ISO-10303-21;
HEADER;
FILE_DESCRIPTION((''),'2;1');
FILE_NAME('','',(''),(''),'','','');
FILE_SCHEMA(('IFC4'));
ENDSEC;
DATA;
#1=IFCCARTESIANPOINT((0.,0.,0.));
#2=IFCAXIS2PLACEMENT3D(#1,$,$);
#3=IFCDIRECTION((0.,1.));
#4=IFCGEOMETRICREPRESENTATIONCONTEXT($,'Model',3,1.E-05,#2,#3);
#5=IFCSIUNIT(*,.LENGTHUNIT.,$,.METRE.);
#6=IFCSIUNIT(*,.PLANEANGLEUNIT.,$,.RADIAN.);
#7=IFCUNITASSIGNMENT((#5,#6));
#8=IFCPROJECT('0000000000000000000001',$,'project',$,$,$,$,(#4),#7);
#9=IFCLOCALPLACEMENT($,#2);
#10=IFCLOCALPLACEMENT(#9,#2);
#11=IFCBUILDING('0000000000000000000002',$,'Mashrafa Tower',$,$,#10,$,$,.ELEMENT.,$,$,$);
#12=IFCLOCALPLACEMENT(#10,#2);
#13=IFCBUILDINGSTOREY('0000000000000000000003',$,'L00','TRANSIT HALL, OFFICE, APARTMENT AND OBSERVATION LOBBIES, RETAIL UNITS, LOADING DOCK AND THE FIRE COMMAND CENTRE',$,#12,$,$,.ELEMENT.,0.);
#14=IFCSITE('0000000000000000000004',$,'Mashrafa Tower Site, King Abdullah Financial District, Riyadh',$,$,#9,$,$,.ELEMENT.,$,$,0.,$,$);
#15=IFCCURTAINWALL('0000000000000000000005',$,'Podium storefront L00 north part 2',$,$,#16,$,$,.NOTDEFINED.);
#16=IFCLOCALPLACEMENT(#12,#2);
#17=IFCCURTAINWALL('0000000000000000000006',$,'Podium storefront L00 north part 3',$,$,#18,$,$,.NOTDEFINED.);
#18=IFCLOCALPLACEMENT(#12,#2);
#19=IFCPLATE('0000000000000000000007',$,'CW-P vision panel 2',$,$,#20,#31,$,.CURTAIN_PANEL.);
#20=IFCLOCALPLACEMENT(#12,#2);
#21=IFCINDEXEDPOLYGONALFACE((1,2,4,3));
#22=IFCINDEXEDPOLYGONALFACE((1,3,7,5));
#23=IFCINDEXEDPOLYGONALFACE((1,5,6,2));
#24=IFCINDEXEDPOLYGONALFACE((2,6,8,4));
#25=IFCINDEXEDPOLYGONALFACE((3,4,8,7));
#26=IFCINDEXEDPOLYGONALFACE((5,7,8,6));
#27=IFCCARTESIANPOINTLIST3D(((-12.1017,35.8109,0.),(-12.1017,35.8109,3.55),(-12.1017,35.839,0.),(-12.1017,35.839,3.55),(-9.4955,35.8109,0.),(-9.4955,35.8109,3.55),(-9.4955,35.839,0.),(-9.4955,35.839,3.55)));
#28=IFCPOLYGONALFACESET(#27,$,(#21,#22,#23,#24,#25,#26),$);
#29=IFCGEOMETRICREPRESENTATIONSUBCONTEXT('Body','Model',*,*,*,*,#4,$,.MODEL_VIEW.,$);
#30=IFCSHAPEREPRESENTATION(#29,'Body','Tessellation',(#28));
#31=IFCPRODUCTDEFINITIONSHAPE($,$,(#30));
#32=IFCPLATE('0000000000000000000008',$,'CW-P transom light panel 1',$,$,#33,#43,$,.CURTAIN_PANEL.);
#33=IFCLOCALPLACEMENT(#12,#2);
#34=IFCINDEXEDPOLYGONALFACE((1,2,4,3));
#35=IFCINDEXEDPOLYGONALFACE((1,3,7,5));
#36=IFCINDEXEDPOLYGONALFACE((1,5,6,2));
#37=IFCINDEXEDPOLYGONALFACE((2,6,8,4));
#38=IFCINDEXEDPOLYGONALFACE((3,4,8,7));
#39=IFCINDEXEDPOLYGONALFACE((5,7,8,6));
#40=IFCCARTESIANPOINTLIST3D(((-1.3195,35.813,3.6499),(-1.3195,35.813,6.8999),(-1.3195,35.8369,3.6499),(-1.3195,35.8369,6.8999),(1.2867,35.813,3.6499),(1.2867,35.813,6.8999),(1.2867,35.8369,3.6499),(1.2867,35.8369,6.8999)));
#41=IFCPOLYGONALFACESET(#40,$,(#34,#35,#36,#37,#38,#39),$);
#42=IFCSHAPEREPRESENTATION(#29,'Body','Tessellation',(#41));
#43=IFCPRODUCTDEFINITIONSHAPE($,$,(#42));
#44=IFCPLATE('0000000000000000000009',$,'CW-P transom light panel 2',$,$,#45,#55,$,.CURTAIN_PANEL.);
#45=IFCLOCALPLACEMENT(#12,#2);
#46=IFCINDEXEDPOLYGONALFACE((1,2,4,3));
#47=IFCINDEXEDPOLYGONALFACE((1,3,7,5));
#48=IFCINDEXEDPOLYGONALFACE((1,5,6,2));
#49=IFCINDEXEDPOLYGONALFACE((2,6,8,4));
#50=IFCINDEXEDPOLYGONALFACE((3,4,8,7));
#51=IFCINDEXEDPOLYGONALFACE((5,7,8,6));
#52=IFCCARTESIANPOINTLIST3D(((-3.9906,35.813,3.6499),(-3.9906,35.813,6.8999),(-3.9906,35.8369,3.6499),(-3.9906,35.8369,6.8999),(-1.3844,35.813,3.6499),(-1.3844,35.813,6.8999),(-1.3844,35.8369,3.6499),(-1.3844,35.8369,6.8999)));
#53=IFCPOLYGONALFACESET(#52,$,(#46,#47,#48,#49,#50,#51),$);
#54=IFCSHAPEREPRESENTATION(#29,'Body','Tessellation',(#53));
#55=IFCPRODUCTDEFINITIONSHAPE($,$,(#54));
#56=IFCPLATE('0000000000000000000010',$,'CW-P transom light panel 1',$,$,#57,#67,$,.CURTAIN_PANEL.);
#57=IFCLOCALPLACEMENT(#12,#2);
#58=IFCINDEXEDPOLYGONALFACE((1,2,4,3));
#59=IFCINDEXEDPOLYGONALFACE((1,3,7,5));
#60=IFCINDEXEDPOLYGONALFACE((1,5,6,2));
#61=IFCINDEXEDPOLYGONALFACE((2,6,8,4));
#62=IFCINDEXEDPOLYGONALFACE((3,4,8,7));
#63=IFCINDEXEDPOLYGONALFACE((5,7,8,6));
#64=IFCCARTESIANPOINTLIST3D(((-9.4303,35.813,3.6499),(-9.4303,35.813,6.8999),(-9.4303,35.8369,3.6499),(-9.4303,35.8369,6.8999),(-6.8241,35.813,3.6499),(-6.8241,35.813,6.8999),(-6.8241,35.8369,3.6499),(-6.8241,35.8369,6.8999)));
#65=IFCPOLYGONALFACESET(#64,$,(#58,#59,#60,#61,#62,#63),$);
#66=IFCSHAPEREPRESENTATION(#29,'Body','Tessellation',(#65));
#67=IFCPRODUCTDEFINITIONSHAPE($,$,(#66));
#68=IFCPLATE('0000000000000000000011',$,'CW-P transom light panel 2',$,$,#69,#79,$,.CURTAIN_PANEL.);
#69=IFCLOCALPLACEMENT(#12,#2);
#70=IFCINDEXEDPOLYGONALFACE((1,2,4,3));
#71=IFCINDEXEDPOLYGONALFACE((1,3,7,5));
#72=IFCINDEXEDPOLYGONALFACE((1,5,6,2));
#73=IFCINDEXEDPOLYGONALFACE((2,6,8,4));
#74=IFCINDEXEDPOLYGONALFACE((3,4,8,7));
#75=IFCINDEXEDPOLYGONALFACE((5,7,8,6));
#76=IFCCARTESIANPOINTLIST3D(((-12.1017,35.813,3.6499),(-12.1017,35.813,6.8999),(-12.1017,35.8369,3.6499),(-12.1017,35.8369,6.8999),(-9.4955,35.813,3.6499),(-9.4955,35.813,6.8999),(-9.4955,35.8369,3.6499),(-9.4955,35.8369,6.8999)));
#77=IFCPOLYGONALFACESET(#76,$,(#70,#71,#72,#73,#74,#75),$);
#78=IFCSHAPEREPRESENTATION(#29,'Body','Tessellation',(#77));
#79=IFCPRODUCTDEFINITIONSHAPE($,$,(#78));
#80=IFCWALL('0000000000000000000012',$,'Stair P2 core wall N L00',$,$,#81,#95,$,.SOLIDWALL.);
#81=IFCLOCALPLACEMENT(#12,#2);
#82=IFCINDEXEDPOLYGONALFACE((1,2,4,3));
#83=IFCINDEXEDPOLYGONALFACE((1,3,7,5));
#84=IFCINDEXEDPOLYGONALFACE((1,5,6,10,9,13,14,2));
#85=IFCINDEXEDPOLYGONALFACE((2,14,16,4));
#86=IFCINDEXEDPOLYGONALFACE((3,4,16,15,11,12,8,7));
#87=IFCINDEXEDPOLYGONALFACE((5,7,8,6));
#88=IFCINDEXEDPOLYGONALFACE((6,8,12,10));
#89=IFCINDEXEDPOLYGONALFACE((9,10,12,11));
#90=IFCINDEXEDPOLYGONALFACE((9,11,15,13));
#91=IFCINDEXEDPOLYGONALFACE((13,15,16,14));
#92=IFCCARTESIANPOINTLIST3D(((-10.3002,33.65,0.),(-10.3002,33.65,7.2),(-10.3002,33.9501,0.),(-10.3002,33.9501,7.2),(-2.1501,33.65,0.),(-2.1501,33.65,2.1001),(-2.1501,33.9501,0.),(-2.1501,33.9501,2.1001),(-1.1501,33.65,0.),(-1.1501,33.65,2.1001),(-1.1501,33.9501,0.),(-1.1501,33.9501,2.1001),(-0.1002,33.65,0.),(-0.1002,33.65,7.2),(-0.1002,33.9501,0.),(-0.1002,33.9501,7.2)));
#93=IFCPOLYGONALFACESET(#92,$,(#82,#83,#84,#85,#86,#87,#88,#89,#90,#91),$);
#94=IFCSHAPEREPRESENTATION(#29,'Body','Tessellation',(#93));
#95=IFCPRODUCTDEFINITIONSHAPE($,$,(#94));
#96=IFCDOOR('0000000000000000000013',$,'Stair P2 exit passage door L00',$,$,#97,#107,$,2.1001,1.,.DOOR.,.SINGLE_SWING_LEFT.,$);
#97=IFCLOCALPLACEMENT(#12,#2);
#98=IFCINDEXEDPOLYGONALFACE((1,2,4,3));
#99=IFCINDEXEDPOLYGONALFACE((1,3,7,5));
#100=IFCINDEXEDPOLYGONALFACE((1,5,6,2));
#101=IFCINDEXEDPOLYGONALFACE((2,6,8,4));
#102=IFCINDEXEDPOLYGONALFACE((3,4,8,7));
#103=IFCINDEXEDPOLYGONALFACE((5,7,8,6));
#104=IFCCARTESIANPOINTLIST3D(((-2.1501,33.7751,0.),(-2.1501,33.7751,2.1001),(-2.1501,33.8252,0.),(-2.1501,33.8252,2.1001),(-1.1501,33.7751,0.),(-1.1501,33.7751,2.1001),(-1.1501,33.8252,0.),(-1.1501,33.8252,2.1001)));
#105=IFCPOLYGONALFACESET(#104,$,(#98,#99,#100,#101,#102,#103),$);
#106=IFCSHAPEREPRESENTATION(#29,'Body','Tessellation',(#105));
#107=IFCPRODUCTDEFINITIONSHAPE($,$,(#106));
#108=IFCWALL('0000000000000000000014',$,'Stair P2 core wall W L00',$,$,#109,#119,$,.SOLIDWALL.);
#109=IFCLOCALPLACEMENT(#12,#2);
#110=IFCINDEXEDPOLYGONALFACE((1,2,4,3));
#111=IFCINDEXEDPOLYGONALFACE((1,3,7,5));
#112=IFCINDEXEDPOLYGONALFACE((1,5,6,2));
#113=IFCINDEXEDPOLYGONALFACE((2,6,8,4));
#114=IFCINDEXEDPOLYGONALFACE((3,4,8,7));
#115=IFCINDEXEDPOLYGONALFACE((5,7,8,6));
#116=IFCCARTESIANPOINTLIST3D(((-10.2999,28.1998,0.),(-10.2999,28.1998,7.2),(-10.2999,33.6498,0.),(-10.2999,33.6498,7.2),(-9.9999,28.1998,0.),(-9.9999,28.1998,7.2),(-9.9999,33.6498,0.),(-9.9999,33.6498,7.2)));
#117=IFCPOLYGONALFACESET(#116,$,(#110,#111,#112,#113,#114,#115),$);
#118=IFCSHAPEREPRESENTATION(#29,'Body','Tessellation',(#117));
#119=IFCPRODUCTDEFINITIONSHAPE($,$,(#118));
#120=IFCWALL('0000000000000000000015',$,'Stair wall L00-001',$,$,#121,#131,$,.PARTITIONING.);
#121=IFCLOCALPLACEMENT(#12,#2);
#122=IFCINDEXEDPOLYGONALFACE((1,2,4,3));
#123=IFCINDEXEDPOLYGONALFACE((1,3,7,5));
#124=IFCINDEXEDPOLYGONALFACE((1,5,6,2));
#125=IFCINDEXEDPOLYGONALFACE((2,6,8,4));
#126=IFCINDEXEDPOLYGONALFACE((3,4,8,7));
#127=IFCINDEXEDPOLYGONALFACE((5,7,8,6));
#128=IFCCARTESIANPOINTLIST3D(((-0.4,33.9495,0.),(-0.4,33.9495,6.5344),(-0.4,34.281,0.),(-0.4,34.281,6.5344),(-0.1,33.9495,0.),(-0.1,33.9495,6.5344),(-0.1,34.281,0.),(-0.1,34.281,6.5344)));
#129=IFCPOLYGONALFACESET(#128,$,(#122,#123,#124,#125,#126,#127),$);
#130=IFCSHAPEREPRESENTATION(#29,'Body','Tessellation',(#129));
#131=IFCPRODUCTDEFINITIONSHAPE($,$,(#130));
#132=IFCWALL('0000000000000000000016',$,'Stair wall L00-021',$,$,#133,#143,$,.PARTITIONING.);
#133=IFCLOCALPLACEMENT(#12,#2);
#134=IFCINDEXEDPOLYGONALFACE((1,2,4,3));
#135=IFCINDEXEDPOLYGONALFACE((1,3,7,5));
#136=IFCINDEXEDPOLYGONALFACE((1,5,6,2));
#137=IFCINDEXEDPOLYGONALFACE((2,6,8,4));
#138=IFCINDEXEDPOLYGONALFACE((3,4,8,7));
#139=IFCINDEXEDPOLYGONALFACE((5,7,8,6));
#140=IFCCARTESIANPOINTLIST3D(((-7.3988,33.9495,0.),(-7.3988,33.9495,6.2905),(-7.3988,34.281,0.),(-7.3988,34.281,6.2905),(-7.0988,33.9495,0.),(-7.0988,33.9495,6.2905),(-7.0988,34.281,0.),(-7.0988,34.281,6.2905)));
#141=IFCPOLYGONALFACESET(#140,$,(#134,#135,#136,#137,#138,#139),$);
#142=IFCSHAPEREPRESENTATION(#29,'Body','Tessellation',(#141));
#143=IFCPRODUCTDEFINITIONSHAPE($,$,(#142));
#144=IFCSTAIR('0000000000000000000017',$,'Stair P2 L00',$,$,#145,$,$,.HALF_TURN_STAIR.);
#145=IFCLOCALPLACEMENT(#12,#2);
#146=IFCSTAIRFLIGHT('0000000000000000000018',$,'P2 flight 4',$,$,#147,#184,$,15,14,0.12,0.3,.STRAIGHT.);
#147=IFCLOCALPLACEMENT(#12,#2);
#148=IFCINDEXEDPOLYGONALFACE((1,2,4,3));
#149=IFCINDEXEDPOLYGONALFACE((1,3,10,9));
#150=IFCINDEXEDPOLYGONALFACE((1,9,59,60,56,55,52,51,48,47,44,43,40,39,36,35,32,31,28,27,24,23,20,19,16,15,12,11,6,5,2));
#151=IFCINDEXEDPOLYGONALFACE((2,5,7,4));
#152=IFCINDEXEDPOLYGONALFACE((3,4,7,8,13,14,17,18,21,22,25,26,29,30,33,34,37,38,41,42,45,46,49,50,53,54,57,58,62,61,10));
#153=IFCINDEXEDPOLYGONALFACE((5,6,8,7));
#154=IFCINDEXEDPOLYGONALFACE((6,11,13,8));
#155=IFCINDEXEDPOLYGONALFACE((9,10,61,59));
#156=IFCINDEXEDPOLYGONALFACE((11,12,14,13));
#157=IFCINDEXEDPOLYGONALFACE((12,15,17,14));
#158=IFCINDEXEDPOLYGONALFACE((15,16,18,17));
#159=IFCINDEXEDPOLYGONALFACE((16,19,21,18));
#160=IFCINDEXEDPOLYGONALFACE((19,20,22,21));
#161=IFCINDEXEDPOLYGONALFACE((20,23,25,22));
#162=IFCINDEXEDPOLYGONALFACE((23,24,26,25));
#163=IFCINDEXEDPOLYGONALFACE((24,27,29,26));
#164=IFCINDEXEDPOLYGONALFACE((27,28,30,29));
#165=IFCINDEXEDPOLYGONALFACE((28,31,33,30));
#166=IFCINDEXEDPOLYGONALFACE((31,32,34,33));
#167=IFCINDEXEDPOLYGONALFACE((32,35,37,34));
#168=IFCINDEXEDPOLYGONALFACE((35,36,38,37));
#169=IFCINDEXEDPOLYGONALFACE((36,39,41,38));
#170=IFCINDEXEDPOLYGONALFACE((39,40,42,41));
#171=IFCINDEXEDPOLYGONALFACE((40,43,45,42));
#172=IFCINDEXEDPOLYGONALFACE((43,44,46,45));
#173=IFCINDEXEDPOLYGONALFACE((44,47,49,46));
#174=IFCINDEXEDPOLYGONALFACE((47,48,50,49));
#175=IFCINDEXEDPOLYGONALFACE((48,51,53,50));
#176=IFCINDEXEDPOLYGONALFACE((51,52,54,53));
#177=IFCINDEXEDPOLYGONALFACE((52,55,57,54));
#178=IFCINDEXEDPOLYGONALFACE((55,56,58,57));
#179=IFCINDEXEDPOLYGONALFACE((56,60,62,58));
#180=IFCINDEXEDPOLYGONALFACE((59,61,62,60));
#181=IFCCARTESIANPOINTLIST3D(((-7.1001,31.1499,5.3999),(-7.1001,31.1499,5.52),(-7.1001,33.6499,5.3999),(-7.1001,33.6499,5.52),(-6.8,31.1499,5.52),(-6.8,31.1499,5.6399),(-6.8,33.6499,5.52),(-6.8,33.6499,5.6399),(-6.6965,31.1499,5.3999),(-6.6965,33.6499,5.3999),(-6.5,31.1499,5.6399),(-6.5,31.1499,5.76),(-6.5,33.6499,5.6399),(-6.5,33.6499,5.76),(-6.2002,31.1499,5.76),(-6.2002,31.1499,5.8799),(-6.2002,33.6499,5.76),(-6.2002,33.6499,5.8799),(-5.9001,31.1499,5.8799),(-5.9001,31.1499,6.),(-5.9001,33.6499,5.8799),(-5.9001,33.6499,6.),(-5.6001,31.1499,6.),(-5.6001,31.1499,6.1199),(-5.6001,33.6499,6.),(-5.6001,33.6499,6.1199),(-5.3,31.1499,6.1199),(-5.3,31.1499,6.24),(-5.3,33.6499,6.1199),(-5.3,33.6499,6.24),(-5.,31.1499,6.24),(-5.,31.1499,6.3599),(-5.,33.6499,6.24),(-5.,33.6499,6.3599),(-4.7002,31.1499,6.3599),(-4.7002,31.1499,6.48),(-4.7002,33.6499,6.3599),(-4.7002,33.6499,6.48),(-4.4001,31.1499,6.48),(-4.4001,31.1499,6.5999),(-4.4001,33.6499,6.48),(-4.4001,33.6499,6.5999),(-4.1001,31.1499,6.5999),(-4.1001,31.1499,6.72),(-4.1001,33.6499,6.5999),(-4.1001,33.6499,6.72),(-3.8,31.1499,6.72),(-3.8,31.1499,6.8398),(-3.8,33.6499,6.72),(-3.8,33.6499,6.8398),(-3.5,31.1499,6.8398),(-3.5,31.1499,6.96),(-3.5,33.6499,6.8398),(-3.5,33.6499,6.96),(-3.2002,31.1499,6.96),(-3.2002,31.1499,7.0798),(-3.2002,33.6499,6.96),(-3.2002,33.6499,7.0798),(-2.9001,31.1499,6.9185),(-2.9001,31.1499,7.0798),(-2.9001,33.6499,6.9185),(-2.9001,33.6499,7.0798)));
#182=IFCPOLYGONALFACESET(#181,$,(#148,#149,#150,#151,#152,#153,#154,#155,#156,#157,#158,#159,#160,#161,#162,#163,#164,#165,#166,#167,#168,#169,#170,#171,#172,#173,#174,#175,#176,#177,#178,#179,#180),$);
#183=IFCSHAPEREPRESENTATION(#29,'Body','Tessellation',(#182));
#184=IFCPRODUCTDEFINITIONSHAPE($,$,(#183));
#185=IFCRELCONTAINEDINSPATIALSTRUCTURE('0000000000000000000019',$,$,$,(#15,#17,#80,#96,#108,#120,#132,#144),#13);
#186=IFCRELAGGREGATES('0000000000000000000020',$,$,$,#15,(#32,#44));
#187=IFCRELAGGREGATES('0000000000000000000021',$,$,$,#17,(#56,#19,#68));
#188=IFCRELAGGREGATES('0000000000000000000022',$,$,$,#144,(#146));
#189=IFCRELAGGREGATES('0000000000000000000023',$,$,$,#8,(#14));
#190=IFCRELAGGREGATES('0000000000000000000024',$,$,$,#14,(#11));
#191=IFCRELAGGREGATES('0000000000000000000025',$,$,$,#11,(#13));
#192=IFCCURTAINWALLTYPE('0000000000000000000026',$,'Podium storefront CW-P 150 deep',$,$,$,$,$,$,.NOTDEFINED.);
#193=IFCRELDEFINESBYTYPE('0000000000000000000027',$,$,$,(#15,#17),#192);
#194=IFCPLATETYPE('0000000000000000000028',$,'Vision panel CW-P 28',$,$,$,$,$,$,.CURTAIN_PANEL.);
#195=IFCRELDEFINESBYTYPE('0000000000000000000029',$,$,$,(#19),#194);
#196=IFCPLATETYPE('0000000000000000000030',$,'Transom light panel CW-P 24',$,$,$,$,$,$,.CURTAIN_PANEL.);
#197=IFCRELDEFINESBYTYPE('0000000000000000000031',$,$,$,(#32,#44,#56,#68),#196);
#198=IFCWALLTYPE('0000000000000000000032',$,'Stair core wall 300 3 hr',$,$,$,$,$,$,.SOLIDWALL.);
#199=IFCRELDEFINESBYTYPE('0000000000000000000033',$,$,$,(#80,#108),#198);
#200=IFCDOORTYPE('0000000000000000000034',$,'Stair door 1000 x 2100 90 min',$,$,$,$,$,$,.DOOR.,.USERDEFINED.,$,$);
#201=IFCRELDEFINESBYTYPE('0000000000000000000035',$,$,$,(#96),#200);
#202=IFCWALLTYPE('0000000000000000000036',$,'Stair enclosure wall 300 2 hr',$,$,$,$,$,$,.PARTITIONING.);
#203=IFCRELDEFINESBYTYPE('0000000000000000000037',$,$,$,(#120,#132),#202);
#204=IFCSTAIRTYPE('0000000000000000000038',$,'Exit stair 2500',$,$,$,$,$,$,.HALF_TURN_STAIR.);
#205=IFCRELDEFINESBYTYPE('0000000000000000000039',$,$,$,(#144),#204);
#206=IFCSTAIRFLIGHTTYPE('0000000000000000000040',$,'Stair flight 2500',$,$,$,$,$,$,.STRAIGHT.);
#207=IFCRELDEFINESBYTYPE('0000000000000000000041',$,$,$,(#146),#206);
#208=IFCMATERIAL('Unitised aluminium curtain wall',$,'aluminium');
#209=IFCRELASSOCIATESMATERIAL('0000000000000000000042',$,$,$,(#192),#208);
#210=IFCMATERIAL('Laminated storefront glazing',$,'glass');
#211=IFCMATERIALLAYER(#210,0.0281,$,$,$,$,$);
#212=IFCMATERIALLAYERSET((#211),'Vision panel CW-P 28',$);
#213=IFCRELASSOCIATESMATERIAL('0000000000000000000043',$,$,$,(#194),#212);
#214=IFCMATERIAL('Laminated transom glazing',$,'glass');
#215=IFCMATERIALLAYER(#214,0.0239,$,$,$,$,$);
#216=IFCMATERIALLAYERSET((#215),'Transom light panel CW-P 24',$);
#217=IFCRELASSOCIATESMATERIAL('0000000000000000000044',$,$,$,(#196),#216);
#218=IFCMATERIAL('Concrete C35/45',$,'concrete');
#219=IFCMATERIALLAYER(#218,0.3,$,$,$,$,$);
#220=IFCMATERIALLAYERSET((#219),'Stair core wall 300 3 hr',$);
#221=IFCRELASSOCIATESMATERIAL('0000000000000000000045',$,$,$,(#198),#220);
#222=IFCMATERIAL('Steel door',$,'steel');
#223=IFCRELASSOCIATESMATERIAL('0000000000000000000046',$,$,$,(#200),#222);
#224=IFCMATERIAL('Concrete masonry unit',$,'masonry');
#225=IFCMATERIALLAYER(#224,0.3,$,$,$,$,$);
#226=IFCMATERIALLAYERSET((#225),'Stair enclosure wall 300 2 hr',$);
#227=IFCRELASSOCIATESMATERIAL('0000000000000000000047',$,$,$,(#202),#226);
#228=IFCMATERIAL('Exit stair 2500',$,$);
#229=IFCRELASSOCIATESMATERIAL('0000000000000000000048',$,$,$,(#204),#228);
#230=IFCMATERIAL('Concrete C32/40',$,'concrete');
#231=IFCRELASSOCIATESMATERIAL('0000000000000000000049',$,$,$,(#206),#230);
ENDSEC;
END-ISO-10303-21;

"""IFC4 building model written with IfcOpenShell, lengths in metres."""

from ifc_helpers import new_model, si_unit, direction, frame, frame_2d, origin, origin_2d, place, context, subcontext, project, spatial, polyline, rectangle, outline, extrude, source, transform, mapped, material, layer, layer_set, type_object, type_shapes, element, fill, aggregate, save


model = new_model("IFC4")

# Units and contexts
model_context = context("Model", 3, precision=1e-05, world=origin(), true_north=direction((0.0, 1.0)))
body_context = subcontext(model_context, "Body", "Model", "MODEL_VIEW")
ifc_project = project(units=[si_unit("LENGTHUNIT", "METRE"), si_unit("PLANEANGLEUNIT", "RADIAN")], contexts=[model_context])

# Site, building, storey
site_placement = place(None, origin())
site = spatial("IfcSite", under=ifc_project, at=site_placement, Name="Mashrafa Tower Site, King Abdullah Financial District, Riyadh", CompositionType="ELEMENT", RefElevation=0.0)
building_placement = place(site_placement, origin())
building = spatial("IfcBuilding", under=site, at=building_placement, Name="Mashrafa Tower", CompositionType="ELEMENT")
storey_placement = place(building_placement, origin())
storey = spatial("IfcBuildingStorey", under=building, at=storey_placement, Name="L00", Description="TRANSIT HALL, OFFICE, APARTMENT AND OBSERVATION LOBBIES, RETAIL UNITS, LOADING DOCK AND THE FIRE COMMAND CENTRE", CompositionType="ELEMENT", Elevation=0.0)

# Curtain walls
ifc_material_1 = material(Name="Unitised aluminium curtain wall", Category="aluminium")
curtain_wall_type = type_object("IfcCurtainWallType", Name="Podium storefront CW-P 150 deep", PredefinedType="NOTDEFINED", material=ifc_material_1)
curtain_wall_1_placement = place(storey_placement, origin())
curtain_wall_1 = element("IfcCurtainWall", 1, at=curtain_wall_1_placement, inside=storey, type_object=curtain_wall_type, Name="Podium storefront L00 north part 2", PredefinedType="NOTDEFINED")
curtain_wall_2_placement = place(storey_placement, origin())
curtain_wall_2 = element("IfcCurtainWall", 2, at=curtain_wall_2_placement, inside=storey, type_object=curtain_wall_type, Name="Podium storefront L00 north part 3", PredefinedType="NOTDEFINED")

# Plates
ifc_material_2 = material(Name="Laminated storefront glazing", Category="glass")
ifc_layer_1 = layer(ifc_material_2, 0.0281)
ifc_layer_set_1 = layer_set([ifc_layer_1], Name="Vision panel CW-P 28")
plate_type_1 = type_object("IfcPlateType", Name="Vision panel CW-P 28", PredefinedType="CURTAIN_PANEL", material=ifc_layer_set_1)
shared_shape_1 = source(origin(), body_context, "Body", "SweptSolid", [
    extrude(rectangle(XDim=2.6062, YDim=0.0281, at=origin_2d()), origin(), (0.0, 0.0, 1.0), 3.55),
])
type_shapes(plate_type_1, [shared_shape_1])
plate_1_placement = place(storey_placement, frame((-10.7986, 35.825, 0.0), z_axis=(0.0, 0.0, 1.0), x_axis=(-1.0, 0.0, 0.0)))
plate_1 = element("IfcPlate", 3, at=plate_1_placement, type_object=plate_type_1, Name="CW-P vision panel 2", PredefinedType="CURTAIN_PANEL", context=body_context, shape_type="MappedRepresentation", body=[
    mapped(shared_shape_1, transform((0.0, 0.0, 0.0))),
])
ifc_material_3 = material(Name="Laminated transom glazing", Category="glass")
ifc_layer_2 = layer(ifc_material_3, 0.0239)
ifc_layer_set_2 = layer_set([ifc_layer_2], Name="Transom light panel CW-P 24")
plate_type_2 = type_object("IfcPlateType", Name="Transom light panel CW-P 24", PredefinedType="CURTAIN_PANEL", material=ifc_layer_set_2)
shared_shape_2 = source(origin(), body_context, "Body", "SweptSolid", [
    extrude(rectangle(XDim=2.6062, YDim=0.0239, at=origin_2d()), origin(), (0.0, 0.0, 1.0), 3.25),
])
type_shapes(plate_type_2, [shared_shape_2])
plate_2_placement = place(storey_placement, frame((-0.0164, 35.825, 3.6499), z_axis=(0.0, 0.0, 1.0), x_axis=(-1.0, 0.0, 0.0)))
plate_2 = element("IfcPlate", 4, at=plate_2_placement, type_object=plate_type_2, Name="CW-P transom light panel 1", PredefinedType="CURTAIN_PANEL", context=body_context, shape_type="MappedRepresentation", body=[
    mapped(shared_shape_2, transform((0.0, 0.0, 0.0))),
])
plate_3_placement = place(storey_placement, frame((-2.6875, 35.825, 3.6499), z_axis=(0.0, 0.0, 1.0), x_axis=(-1.0, 0.0, 0.0)))
plate_3 = element("IfcPlate", 5, at=plate_3_placement, type_object=plate_type_2, Name="CW-P transom light panel 2", PredefinedType="CURTAIN_PANEL", context=body_context, shape_type="MappedRepresentation", body=[
    mapped(shared_shape_2, transform((0.0, 0.0, 0.0))),
])
aggregate(curtain_wall_1, [plate_2, plate_3])
plate_4_placement = place(storey_placement, frame((-8.1272, 35.825, 3.6499), z_axis=(0.0, 0.0, 1.0), x_axis=(-1.0, 0.0, 0.0)))
plate_4 = element("IfcPlate", 6, at=plate_4_placement, type_object=plate_type_2, Name="CW-P transom light panel 1", PredefinedType="CURTAIN_PANEL", context=body_context, shape_type="MappedRepresentation", body=[
    mapped(shared_shape_2, transform((0.0, 0.0, 0.0))),
])
plate_5_placement = place(storey_placement, frame((-10.7986, 35.825, 3.6499), z_axis=(0.0, 0.0, 1.0), x_axis=(-1.0, 0.0, 0.0)))
plate_5 = element("IfcPlate", 7, at=plate_5_placement, type_object=plate_type_2, Name="CW-P transom light panel 2", PredefinedType="CURTAIN_PANEL", context=body_context, shape_type="MappedRepresentation", body=[
    mapped(shared_shape_2, transform((0.0, 0.0, 0.0))),
])
aggregate(curtain_wall_2, [plate_4, plate_1, plate_5])

# Wall, opening, door
ifc_material_4 = material(Name="Concrete C35/45", Category="concrete")
ifc_layer_3 = layer(ifc_material_4, 0.3)
ifc_layer_set_3 = layer_set([ifc_layer_3], Name="Stair core wall 300 3 hr")
wall_type_1 = type_object("IfcWallType", Name="Stair core wall 300 3 hr", PredefinedType="SOLIDWALL", material=ifc_layer_set_3)
wall_1_placement = place(storey_placement, frame((-0.1001, 33.8, 0.0), z_axis=(0.0, 0.0, 1.0), x_axis=(-1.0, 0.0, 0.0)))
wall_1 = element("IfcWall", 8, at=wall_1_placement, inside=storey, type_object=wall_type_1, Name="Stair P2 core wall N L00", PredefinedType="SOLIDWALL", context=body_context, shape_type="SweptSolid", body=[
    extrude(rectangle(XDim=10.2, YDim=0.3, at=frame_2d((5.1001, 0.0))), origin(), (0.0, 0.0, 1.0), 7.2),
])
opening_1_placement = place(wall_1_placement, frame((1.05, 0.0, 0.0)))
opening_1 = element("IfcOpeningElement", 9, at=opening_1_placement, cuts=wall_1, PredefinedType="OPENING", context=body_context, shape_type="SweptSolid", body=[
    extrude(rectangle(XDim=1.0, YDim=2.1001, at=frame_2d((0.5, 1.05))), frame((0.0, 0.1599, 0.0), z_axis=(0.0, -1.0, 0.0), x_axis=(1.0, 0.0, 0.0)), (0.0, 0.0, 1.0), 0.3201),
])
ifc_material_5 = material(Name="Steel door", Category="steel")
door_type_1 = type_object("IfcDoorType", Name="Stair door 1000 x 2100 90 min", OperationType="USERDEFINED", PredefinedType="DOOR", material=ifc_material_5)
door_1_placement = place(opening_1_placement, origin())
door_1 = element("IfcDoor", 10, at=door_1_placement, inside=storey, type_object=door_type_1, Name="Stair P2 exit passage door L00", OperationType="SINGLE_SWING_LEFT", OverallHeight=2.1001, OverallWidth=1.0, PredefinedType="DOOR", context=body_context, shape_type="SweptSolid", body=[
    extrude(rectangle(XDim=1.0, YDim=2.1001, at=frame_2d((0.5, 1.05))), frame((0.0, 0.0249, 0.0), z_axis=(0.0, -1.0, 0.0), x_axis=(1.0, 0.0, 0.0)), (0.0, 0.0, 1.0), 0.05),
])
fill(opening_1, door_1)

# Walls
wall_2_placement = place(storey_placement, frame((-10.1499, 33.6499, 0.0), z_axis=(0.0, 0.0, 1.0), x_axis=(0.0, -1.0, 0.0)))
element("IfcWall", 11, at=wall_2_placement, inside=storey, type_object=wall_type_1, Name="Stair P2 core wall W L00", PredefinedType="SOLIDWALL", context=body_context, shape_type="SweptSolid", body=[
    extrude(rectangle(XDim=5.45, YDim=0.3, at=frame_2d((2.7251, 0.0))), origin(), (0.0, 0.0, 1.0), 7.2),
])
ifc_material_6 = material(Name="Concrete masonry unit", Category="masonry")
ifc_layer_4 = layer(ifc_material_6, 0.3)
ifc_layer_set_4 = layer_set([ifc_layer_4], Name="Stair enclosure wall 300 2 hr")
wall_type_2 = type_object("IfcWallType", Name="Stair enclosure wall 300 2 hr", PredefinedType="PARTITIONING", material=ifc_layer_set_4)
wall_3_placement = place(storey_placement, frame((-0.25, 34.281, 0.0), z_axis=(0.0, 0.0, 1.0), x_axis=(0.0, -1.0, 0.0)))
element("IfcWall", 12, at=wall_3_placement, inside=storey, type_object=wall_type_2, Name="Stair wall L00-001", PredefinedType="PARTITIONING", context=body_context, shape_type="SweptSolid", body=[
    extrude(rectangle(XDim=0.3315, YDim=0.3, at=frame_2d((0.1658, 0.0))), origin(), (0.0, 0.0, 1.0), 6.5344),
])
wall_4_placement = place(storey_placement, frame((-7.2488, 34.281, 0.0), z_axis=(0.0, 0.0, 1.0), x_axis=(0.0, -1.0, 0.0)))
element("IfcWall", 13, at=wall_4_placement, inside=storey, type_object=wall_type_2, Name="Stair wall L00-021", PredefinedType="PARTITIONING", context=body_context, shape_type="SweptSolid", body=[
    extrude(rectangle(XDim=0.3315, YDim=0.3, at=frame_2d((0.1658, 0.0))), origin(), (0.0, 0.0, 1.0), 6.2905),
])

# Stair, stair flight
ifc_material_7 = material(Name="Exit stair 2500")
stair_type = type_object("IfcStairType", Name="Exit stair 2500", PredefinedType="HALF_TURN_STAIR", material=ifc_material_7)
stair_placement = place(storey_placement, origin())
stair = element("IfcStair", 14, at=stair_placement, inside=storey, type_object=stair_type, Name="Stair P2 L00", PredefinedType="HALF_TURN_STAIR")
ifc_material_8 = material(Name="Concrete C32/40", Category="concrete")
stair_flight_type = type_object("IfcStairFlightType", Name="Stair flight 2500", PredefinedType="STRAIGHT", material=ifc_material_8)
stair_flight_placement = place(storey_placement, frame((-7.1001, 32.3999, 5.3999), z_axis=(0.0, 0.0, 1.0), x_axis=(1.0, 0.0, 0.0)))
stair_flight = element("IfcStairFlight", 15, at=stair_flight_placement, type_object=stair_flight_type, Name="P2 flight 4", NumberOfRisers=15, NumberOfTreads=14, PredefinedType="STRAIGHT", RiserHeight=0.12, TreadLength=0.3, context=body_context, shape_type="SweptSolid", body=[
    extrude(outline(polyline([(0.0, 0.0), (0.0, 0.1201), (0.3, 0.1201), (0.3, 0.24), (0.6001, 0.24), (0.6001, 0.3601), (0.8999, 0.3601), (0.8999, 0.48), (1.2, 0.48), (1.2, 0.6001), (1.5, 0.6001), (1.5, 0.72), (1.8, 0.72), (1.8, 0.8401), (2.1001, 0.8401), (2.1001, 0.96), (2.3999, 0.96), (2.3999, 1.0801), (2.7, 1.0801), (2.7, 1.2), (3.0, 1.2), (3.0, 1.3201), (3.3, 1.3201), (3.3, 1.4399), (3.6001, 1.4399), (3.6001, 1.5601), (3.8999, 1.5601), (3.8999, 1.6799), (4.2, 1.6799), (4.2, 1.8), (4.2, 1.5186), (0.4036, 0.0), (0.0, 0.0)])), frame((0.0, 1.25, 0.0), z_axis=(0.0, -1.0, 0.0), x_axis=(1.0, 0.0, 0.0)), (0.0, 0.0, 1.0), 2.5),
])
aggregate(stair, [stair_flight])

save(model, "model.ifc")
